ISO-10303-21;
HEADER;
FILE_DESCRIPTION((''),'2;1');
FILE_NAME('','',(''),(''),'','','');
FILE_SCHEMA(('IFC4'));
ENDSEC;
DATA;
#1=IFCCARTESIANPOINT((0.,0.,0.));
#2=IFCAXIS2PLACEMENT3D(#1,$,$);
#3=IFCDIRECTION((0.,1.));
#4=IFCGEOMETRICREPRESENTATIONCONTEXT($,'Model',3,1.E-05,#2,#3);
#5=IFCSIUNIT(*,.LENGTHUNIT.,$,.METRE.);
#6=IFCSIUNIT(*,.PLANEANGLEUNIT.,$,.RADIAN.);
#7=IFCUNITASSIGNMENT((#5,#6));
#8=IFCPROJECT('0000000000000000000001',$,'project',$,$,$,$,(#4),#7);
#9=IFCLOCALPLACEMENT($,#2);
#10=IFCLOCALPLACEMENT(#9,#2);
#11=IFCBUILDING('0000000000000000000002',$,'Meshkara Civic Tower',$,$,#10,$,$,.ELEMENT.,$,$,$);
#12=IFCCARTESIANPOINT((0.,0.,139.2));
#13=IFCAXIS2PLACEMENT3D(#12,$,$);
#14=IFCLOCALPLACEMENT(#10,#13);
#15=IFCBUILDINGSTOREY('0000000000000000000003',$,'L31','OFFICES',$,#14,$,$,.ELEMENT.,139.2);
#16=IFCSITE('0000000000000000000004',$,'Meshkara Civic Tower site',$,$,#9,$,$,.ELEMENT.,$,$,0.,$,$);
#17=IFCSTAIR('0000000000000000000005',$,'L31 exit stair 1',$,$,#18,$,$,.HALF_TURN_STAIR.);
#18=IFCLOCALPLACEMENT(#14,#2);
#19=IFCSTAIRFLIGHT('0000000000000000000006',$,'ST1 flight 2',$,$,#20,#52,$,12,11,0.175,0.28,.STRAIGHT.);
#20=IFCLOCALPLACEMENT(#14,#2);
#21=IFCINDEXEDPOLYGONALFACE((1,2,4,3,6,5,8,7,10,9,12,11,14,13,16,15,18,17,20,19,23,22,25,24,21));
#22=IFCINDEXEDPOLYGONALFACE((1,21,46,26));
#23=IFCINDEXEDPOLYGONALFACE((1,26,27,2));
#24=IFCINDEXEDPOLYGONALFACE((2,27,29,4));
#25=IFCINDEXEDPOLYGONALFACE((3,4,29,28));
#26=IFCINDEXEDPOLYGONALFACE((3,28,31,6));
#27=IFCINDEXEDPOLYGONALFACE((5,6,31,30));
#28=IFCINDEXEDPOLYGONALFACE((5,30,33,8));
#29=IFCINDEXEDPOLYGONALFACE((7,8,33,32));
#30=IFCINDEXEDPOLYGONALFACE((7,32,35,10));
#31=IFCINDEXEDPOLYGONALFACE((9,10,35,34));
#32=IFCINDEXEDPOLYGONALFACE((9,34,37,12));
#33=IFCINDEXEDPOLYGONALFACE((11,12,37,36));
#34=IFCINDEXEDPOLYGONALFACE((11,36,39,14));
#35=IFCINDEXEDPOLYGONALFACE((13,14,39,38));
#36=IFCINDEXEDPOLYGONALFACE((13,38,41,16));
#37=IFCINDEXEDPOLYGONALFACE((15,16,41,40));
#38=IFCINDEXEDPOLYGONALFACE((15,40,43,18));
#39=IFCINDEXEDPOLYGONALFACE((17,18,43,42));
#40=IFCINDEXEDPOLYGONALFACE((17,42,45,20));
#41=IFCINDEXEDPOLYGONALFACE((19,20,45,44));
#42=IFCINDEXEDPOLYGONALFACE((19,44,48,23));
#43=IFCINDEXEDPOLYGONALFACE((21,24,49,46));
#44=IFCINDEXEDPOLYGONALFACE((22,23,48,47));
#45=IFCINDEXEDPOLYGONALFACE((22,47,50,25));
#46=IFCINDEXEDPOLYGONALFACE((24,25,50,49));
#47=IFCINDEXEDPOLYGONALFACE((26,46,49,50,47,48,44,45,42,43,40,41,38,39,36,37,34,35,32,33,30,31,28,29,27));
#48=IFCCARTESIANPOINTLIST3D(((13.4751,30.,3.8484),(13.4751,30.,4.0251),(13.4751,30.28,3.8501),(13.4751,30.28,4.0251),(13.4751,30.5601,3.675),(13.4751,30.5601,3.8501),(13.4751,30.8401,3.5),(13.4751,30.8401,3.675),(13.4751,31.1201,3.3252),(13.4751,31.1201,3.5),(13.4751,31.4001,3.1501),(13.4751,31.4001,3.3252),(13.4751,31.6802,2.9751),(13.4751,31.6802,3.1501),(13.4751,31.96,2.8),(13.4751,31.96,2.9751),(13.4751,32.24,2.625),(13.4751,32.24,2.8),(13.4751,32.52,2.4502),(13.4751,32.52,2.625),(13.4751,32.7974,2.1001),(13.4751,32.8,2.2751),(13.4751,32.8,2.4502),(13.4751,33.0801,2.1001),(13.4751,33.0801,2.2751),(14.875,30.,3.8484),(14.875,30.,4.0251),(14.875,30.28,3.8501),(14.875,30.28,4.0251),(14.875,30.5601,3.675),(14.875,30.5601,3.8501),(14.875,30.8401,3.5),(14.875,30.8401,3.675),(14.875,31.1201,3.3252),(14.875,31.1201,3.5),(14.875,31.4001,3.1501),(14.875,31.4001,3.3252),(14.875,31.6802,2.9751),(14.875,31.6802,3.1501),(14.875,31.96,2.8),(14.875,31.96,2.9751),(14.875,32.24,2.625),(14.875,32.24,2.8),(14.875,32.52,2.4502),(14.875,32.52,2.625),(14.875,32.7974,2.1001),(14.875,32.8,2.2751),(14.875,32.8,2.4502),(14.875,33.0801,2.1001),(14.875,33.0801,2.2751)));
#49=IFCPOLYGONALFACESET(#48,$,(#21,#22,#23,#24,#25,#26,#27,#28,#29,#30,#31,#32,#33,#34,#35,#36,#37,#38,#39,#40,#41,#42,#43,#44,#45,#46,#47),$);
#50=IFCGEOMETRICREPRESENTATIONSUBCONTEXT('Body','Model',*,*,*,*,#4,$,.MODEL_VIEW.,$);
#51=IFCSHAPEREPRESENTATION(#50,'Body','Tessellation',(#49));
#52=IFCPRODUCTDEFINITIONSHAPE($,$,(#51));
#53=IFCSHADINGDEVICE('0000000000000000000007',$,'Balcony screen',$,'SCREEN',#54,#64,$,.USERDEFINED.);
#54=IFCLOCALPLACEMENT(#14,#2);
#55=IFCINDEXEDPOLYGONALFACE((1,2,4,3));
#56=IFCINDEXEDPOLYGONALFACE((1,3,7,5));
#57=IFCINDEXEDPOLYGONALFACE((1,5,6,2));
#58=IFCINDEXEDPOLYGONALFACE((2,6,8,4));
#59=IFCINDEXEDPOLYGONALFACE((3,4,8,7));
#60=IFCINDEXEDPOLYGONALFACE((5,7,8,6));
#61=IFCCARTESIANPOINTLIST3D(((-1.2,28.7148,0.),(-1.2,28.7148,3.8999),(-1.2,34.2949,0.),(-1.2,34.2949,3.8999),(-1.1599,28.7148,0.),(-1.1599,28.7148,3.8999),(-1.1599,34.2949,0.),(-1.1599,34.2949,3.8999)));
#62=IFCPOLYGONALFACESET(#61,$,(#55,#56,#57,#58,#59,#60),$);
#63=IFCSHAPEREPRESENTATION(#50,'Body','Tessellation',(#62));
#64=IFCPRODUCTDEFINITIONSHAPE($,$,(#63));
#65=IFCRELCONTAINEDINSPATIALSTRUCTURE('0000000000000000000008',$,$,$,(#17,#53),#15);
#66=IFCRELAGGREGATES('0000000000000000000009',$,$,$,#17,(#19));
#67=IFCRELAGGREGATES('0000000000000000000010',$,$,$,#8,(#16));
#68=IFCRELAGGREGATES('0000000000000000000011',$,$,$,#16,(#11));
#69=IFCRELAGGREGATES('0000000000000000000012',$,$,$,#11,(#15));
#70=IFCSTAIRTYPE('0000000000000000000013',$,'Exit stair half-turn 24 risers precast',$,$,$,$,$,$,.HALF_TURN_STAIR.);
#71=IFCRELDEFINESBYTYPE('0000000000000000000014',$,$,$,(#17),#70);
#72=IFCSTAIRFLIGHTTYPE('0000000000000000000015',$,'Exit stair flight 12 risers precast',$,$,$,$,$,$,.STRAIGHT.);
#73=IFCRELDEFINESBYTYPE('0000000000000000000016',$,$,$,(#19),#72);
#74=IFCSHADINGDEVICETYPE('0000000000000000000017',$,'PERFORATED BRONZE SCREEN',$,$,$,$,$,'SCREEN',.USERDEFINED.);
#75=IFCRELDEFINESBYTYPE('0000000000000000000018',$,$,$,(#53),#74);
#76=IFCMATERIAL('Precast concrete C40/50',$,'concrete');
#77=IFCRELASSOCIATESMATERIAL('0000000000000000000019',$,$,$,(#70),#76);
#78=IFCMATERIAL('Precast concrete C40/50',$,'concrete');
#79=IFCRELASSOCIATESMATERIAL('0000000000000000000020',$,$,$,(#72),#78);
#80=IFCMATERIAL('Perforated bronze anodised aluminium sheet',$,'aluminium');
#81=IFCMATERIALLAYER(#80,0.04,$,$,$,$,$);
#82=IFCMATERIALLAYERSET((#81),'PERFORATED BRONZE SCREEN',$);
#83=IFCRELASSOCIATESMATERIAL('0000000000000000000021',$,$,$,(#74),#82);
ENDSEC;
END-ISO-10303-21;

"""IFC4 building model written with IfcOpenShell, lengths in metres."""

from ifc_helpers import new_model, si_unit, direction, frame, origin, origin_2d, place, context, subcontext, project, spatial, polyline, rectangle, outline, extrude, material, layer, layer_set, type_object, element, aggregate, save


model = new_model("IFC4")

# Units and contexts
model_context = context("Model", 3, precision=1e-05, world=origin(), true_north=direction((0.0, 1.0)))
body_context = subcontext(model_context, "Body", "Model", "MODEL_VIEW")
ifc_project = project(units=[si_unit("LENGTHUNIT", "METRE"), si_unit("PLANEANGLEUNIT", "RADIAN")], contexts=[model_context])

# Site, building, storey
site_placement = place(None, origin())
site = spatial("IfcSite", under=ifc_project, at=site_placement, Name="Meshkara Civic Tower site", CompositionType="ELEMENT", RefElevation=0.0)
building_placement = place(site_placement, origin())
building = spatial("IfcBuilding", under=site, at=building_placement, Name="Meshkara Civic Tower", CompositionType="ELEMENT")
storey_placement = place(building_placement, frame((0.0, 0.0, 139.2)))
storey = spatial("IfcBuildingStorey", under=building, at=storey_placement, Name="L31", Description="OFFICES", CompositionType="ELEMENT", Elevation=139.2)

# Stair, stair flight
ifc_material_1 = material(Name="Precast concrete C40/50", Category="concrete")
stair_type = type_object("IfcStairType", Name="Exit stair half-turn 24 risers precast", PredefinedType="HALF_TURN_STAIR", material=ifc_material_1)
stair_placement = place(storey_placement, origin())
stair = element("IfcStair", 1, at=stair_placement, inside=storey, type_object=stair_type, Name="L31 exit stair 1", PredefinedType="HALF_TURN_STAIR")
ifc_material_2 = material(Name="Precast concrete C40/50", Category="concrete")
stair_flight_type = type_object("IfcStairFlightType", Name="Exit stair flight 12 risers precast", PredefinedType="STRAIGHT", material=ifc_material_2)
stair_flight_1_placement = place(storey_placement, frame((14.175, 33.0801, 2.1001), z_axis=(0.0, 0.0, 1.0), x_axis=(0.0, -1.0, 0.0)))
stair_flight_1 = element("IfcStairFlight", 2, at=stair_flight_1_placement, type_object=stair_flight_type, Name="ST1 flight 2", NumberOfRisers=12, NumberOfTreads=11, PredefinedType="STRAIGHT", RiserHeight=0.175, TreadLength=0.28, context=body_context, shape_type="SweptSolid", body=[
    extrude(outline(polyline([(0.0, 0.0), (0.0, 0.175), (0.28, 0.175), (0.28, 0.3501), (0.5601, 0.3501), (0.5601, 0.5249), (0.8401, 0.5249), (0.8401, 0.7), (1.1201, 0.7), (1.1201, 0.875), (1.3999, 0.875), (1.3999, 1.05), (1.6799, 1.05), (1.6799, 1.2251), (1.96, 1.2251), (1.96, 1.3999), (2.24, 1.3999), (2.24, 1.575), (2.52, 1.575), (2.52, 1.75), (2.8, 1.75), (2.8, 1.925), (3.0801, 1.925), (3.0801, 2.1001), (3.0801, 1.7483), (0.2827, 0.0), (0.0, 0.0)])), frame((0.0, 0.7, 0.0), z_axis=(0.0, -1.0, 0.0), x_axis=(1.0, 0.0, 0.0)), (0.0, 0.0, 1.0), 1.3999),
])
aggregate(stair, [stair_flight_1])

# Shading device
ifc_material_3 = material(Name="Perforated bronze anodised aluminium sheet", Category="aluminium")
ifc_layer_1 = layer(ifc_material_3, 0.04)
ifc_layer_set_1 = layer_set([ifc_layer_1], Name="PERFORATED BRONZE SCREEN")
shading_device_type = type_object("IfcShadingDeviceType", Name="PERFORATED BRONZE SCREEN", ElementType="SCREEN", PredefinedType="USERDEFINED", material=ifc_layer_set_1)
shading_device_placement = place(storey_placement, frame((-1.1799, 31.5049, 0.0), z_axis=(0.0, 0.0, 1.0), x_axis=(0.0, -1.0, 0.0)))
element("IfcShadingDevice", 3, at=shading_device_placement, inside=storey, type_object=shading_device_type, Name="Balcony screen", ObjectType="SCREEN", PredefinedType="USERDEFINED", context=body_context, shape_type="SweptSolid", body=[
    extrude(rectangle(XDim=5.5801, YDim=0.04, at=origin_2d()), origin(), (0.0, 0.0, 1.0), 3.8999),
])

save(model, "model.ifc")
